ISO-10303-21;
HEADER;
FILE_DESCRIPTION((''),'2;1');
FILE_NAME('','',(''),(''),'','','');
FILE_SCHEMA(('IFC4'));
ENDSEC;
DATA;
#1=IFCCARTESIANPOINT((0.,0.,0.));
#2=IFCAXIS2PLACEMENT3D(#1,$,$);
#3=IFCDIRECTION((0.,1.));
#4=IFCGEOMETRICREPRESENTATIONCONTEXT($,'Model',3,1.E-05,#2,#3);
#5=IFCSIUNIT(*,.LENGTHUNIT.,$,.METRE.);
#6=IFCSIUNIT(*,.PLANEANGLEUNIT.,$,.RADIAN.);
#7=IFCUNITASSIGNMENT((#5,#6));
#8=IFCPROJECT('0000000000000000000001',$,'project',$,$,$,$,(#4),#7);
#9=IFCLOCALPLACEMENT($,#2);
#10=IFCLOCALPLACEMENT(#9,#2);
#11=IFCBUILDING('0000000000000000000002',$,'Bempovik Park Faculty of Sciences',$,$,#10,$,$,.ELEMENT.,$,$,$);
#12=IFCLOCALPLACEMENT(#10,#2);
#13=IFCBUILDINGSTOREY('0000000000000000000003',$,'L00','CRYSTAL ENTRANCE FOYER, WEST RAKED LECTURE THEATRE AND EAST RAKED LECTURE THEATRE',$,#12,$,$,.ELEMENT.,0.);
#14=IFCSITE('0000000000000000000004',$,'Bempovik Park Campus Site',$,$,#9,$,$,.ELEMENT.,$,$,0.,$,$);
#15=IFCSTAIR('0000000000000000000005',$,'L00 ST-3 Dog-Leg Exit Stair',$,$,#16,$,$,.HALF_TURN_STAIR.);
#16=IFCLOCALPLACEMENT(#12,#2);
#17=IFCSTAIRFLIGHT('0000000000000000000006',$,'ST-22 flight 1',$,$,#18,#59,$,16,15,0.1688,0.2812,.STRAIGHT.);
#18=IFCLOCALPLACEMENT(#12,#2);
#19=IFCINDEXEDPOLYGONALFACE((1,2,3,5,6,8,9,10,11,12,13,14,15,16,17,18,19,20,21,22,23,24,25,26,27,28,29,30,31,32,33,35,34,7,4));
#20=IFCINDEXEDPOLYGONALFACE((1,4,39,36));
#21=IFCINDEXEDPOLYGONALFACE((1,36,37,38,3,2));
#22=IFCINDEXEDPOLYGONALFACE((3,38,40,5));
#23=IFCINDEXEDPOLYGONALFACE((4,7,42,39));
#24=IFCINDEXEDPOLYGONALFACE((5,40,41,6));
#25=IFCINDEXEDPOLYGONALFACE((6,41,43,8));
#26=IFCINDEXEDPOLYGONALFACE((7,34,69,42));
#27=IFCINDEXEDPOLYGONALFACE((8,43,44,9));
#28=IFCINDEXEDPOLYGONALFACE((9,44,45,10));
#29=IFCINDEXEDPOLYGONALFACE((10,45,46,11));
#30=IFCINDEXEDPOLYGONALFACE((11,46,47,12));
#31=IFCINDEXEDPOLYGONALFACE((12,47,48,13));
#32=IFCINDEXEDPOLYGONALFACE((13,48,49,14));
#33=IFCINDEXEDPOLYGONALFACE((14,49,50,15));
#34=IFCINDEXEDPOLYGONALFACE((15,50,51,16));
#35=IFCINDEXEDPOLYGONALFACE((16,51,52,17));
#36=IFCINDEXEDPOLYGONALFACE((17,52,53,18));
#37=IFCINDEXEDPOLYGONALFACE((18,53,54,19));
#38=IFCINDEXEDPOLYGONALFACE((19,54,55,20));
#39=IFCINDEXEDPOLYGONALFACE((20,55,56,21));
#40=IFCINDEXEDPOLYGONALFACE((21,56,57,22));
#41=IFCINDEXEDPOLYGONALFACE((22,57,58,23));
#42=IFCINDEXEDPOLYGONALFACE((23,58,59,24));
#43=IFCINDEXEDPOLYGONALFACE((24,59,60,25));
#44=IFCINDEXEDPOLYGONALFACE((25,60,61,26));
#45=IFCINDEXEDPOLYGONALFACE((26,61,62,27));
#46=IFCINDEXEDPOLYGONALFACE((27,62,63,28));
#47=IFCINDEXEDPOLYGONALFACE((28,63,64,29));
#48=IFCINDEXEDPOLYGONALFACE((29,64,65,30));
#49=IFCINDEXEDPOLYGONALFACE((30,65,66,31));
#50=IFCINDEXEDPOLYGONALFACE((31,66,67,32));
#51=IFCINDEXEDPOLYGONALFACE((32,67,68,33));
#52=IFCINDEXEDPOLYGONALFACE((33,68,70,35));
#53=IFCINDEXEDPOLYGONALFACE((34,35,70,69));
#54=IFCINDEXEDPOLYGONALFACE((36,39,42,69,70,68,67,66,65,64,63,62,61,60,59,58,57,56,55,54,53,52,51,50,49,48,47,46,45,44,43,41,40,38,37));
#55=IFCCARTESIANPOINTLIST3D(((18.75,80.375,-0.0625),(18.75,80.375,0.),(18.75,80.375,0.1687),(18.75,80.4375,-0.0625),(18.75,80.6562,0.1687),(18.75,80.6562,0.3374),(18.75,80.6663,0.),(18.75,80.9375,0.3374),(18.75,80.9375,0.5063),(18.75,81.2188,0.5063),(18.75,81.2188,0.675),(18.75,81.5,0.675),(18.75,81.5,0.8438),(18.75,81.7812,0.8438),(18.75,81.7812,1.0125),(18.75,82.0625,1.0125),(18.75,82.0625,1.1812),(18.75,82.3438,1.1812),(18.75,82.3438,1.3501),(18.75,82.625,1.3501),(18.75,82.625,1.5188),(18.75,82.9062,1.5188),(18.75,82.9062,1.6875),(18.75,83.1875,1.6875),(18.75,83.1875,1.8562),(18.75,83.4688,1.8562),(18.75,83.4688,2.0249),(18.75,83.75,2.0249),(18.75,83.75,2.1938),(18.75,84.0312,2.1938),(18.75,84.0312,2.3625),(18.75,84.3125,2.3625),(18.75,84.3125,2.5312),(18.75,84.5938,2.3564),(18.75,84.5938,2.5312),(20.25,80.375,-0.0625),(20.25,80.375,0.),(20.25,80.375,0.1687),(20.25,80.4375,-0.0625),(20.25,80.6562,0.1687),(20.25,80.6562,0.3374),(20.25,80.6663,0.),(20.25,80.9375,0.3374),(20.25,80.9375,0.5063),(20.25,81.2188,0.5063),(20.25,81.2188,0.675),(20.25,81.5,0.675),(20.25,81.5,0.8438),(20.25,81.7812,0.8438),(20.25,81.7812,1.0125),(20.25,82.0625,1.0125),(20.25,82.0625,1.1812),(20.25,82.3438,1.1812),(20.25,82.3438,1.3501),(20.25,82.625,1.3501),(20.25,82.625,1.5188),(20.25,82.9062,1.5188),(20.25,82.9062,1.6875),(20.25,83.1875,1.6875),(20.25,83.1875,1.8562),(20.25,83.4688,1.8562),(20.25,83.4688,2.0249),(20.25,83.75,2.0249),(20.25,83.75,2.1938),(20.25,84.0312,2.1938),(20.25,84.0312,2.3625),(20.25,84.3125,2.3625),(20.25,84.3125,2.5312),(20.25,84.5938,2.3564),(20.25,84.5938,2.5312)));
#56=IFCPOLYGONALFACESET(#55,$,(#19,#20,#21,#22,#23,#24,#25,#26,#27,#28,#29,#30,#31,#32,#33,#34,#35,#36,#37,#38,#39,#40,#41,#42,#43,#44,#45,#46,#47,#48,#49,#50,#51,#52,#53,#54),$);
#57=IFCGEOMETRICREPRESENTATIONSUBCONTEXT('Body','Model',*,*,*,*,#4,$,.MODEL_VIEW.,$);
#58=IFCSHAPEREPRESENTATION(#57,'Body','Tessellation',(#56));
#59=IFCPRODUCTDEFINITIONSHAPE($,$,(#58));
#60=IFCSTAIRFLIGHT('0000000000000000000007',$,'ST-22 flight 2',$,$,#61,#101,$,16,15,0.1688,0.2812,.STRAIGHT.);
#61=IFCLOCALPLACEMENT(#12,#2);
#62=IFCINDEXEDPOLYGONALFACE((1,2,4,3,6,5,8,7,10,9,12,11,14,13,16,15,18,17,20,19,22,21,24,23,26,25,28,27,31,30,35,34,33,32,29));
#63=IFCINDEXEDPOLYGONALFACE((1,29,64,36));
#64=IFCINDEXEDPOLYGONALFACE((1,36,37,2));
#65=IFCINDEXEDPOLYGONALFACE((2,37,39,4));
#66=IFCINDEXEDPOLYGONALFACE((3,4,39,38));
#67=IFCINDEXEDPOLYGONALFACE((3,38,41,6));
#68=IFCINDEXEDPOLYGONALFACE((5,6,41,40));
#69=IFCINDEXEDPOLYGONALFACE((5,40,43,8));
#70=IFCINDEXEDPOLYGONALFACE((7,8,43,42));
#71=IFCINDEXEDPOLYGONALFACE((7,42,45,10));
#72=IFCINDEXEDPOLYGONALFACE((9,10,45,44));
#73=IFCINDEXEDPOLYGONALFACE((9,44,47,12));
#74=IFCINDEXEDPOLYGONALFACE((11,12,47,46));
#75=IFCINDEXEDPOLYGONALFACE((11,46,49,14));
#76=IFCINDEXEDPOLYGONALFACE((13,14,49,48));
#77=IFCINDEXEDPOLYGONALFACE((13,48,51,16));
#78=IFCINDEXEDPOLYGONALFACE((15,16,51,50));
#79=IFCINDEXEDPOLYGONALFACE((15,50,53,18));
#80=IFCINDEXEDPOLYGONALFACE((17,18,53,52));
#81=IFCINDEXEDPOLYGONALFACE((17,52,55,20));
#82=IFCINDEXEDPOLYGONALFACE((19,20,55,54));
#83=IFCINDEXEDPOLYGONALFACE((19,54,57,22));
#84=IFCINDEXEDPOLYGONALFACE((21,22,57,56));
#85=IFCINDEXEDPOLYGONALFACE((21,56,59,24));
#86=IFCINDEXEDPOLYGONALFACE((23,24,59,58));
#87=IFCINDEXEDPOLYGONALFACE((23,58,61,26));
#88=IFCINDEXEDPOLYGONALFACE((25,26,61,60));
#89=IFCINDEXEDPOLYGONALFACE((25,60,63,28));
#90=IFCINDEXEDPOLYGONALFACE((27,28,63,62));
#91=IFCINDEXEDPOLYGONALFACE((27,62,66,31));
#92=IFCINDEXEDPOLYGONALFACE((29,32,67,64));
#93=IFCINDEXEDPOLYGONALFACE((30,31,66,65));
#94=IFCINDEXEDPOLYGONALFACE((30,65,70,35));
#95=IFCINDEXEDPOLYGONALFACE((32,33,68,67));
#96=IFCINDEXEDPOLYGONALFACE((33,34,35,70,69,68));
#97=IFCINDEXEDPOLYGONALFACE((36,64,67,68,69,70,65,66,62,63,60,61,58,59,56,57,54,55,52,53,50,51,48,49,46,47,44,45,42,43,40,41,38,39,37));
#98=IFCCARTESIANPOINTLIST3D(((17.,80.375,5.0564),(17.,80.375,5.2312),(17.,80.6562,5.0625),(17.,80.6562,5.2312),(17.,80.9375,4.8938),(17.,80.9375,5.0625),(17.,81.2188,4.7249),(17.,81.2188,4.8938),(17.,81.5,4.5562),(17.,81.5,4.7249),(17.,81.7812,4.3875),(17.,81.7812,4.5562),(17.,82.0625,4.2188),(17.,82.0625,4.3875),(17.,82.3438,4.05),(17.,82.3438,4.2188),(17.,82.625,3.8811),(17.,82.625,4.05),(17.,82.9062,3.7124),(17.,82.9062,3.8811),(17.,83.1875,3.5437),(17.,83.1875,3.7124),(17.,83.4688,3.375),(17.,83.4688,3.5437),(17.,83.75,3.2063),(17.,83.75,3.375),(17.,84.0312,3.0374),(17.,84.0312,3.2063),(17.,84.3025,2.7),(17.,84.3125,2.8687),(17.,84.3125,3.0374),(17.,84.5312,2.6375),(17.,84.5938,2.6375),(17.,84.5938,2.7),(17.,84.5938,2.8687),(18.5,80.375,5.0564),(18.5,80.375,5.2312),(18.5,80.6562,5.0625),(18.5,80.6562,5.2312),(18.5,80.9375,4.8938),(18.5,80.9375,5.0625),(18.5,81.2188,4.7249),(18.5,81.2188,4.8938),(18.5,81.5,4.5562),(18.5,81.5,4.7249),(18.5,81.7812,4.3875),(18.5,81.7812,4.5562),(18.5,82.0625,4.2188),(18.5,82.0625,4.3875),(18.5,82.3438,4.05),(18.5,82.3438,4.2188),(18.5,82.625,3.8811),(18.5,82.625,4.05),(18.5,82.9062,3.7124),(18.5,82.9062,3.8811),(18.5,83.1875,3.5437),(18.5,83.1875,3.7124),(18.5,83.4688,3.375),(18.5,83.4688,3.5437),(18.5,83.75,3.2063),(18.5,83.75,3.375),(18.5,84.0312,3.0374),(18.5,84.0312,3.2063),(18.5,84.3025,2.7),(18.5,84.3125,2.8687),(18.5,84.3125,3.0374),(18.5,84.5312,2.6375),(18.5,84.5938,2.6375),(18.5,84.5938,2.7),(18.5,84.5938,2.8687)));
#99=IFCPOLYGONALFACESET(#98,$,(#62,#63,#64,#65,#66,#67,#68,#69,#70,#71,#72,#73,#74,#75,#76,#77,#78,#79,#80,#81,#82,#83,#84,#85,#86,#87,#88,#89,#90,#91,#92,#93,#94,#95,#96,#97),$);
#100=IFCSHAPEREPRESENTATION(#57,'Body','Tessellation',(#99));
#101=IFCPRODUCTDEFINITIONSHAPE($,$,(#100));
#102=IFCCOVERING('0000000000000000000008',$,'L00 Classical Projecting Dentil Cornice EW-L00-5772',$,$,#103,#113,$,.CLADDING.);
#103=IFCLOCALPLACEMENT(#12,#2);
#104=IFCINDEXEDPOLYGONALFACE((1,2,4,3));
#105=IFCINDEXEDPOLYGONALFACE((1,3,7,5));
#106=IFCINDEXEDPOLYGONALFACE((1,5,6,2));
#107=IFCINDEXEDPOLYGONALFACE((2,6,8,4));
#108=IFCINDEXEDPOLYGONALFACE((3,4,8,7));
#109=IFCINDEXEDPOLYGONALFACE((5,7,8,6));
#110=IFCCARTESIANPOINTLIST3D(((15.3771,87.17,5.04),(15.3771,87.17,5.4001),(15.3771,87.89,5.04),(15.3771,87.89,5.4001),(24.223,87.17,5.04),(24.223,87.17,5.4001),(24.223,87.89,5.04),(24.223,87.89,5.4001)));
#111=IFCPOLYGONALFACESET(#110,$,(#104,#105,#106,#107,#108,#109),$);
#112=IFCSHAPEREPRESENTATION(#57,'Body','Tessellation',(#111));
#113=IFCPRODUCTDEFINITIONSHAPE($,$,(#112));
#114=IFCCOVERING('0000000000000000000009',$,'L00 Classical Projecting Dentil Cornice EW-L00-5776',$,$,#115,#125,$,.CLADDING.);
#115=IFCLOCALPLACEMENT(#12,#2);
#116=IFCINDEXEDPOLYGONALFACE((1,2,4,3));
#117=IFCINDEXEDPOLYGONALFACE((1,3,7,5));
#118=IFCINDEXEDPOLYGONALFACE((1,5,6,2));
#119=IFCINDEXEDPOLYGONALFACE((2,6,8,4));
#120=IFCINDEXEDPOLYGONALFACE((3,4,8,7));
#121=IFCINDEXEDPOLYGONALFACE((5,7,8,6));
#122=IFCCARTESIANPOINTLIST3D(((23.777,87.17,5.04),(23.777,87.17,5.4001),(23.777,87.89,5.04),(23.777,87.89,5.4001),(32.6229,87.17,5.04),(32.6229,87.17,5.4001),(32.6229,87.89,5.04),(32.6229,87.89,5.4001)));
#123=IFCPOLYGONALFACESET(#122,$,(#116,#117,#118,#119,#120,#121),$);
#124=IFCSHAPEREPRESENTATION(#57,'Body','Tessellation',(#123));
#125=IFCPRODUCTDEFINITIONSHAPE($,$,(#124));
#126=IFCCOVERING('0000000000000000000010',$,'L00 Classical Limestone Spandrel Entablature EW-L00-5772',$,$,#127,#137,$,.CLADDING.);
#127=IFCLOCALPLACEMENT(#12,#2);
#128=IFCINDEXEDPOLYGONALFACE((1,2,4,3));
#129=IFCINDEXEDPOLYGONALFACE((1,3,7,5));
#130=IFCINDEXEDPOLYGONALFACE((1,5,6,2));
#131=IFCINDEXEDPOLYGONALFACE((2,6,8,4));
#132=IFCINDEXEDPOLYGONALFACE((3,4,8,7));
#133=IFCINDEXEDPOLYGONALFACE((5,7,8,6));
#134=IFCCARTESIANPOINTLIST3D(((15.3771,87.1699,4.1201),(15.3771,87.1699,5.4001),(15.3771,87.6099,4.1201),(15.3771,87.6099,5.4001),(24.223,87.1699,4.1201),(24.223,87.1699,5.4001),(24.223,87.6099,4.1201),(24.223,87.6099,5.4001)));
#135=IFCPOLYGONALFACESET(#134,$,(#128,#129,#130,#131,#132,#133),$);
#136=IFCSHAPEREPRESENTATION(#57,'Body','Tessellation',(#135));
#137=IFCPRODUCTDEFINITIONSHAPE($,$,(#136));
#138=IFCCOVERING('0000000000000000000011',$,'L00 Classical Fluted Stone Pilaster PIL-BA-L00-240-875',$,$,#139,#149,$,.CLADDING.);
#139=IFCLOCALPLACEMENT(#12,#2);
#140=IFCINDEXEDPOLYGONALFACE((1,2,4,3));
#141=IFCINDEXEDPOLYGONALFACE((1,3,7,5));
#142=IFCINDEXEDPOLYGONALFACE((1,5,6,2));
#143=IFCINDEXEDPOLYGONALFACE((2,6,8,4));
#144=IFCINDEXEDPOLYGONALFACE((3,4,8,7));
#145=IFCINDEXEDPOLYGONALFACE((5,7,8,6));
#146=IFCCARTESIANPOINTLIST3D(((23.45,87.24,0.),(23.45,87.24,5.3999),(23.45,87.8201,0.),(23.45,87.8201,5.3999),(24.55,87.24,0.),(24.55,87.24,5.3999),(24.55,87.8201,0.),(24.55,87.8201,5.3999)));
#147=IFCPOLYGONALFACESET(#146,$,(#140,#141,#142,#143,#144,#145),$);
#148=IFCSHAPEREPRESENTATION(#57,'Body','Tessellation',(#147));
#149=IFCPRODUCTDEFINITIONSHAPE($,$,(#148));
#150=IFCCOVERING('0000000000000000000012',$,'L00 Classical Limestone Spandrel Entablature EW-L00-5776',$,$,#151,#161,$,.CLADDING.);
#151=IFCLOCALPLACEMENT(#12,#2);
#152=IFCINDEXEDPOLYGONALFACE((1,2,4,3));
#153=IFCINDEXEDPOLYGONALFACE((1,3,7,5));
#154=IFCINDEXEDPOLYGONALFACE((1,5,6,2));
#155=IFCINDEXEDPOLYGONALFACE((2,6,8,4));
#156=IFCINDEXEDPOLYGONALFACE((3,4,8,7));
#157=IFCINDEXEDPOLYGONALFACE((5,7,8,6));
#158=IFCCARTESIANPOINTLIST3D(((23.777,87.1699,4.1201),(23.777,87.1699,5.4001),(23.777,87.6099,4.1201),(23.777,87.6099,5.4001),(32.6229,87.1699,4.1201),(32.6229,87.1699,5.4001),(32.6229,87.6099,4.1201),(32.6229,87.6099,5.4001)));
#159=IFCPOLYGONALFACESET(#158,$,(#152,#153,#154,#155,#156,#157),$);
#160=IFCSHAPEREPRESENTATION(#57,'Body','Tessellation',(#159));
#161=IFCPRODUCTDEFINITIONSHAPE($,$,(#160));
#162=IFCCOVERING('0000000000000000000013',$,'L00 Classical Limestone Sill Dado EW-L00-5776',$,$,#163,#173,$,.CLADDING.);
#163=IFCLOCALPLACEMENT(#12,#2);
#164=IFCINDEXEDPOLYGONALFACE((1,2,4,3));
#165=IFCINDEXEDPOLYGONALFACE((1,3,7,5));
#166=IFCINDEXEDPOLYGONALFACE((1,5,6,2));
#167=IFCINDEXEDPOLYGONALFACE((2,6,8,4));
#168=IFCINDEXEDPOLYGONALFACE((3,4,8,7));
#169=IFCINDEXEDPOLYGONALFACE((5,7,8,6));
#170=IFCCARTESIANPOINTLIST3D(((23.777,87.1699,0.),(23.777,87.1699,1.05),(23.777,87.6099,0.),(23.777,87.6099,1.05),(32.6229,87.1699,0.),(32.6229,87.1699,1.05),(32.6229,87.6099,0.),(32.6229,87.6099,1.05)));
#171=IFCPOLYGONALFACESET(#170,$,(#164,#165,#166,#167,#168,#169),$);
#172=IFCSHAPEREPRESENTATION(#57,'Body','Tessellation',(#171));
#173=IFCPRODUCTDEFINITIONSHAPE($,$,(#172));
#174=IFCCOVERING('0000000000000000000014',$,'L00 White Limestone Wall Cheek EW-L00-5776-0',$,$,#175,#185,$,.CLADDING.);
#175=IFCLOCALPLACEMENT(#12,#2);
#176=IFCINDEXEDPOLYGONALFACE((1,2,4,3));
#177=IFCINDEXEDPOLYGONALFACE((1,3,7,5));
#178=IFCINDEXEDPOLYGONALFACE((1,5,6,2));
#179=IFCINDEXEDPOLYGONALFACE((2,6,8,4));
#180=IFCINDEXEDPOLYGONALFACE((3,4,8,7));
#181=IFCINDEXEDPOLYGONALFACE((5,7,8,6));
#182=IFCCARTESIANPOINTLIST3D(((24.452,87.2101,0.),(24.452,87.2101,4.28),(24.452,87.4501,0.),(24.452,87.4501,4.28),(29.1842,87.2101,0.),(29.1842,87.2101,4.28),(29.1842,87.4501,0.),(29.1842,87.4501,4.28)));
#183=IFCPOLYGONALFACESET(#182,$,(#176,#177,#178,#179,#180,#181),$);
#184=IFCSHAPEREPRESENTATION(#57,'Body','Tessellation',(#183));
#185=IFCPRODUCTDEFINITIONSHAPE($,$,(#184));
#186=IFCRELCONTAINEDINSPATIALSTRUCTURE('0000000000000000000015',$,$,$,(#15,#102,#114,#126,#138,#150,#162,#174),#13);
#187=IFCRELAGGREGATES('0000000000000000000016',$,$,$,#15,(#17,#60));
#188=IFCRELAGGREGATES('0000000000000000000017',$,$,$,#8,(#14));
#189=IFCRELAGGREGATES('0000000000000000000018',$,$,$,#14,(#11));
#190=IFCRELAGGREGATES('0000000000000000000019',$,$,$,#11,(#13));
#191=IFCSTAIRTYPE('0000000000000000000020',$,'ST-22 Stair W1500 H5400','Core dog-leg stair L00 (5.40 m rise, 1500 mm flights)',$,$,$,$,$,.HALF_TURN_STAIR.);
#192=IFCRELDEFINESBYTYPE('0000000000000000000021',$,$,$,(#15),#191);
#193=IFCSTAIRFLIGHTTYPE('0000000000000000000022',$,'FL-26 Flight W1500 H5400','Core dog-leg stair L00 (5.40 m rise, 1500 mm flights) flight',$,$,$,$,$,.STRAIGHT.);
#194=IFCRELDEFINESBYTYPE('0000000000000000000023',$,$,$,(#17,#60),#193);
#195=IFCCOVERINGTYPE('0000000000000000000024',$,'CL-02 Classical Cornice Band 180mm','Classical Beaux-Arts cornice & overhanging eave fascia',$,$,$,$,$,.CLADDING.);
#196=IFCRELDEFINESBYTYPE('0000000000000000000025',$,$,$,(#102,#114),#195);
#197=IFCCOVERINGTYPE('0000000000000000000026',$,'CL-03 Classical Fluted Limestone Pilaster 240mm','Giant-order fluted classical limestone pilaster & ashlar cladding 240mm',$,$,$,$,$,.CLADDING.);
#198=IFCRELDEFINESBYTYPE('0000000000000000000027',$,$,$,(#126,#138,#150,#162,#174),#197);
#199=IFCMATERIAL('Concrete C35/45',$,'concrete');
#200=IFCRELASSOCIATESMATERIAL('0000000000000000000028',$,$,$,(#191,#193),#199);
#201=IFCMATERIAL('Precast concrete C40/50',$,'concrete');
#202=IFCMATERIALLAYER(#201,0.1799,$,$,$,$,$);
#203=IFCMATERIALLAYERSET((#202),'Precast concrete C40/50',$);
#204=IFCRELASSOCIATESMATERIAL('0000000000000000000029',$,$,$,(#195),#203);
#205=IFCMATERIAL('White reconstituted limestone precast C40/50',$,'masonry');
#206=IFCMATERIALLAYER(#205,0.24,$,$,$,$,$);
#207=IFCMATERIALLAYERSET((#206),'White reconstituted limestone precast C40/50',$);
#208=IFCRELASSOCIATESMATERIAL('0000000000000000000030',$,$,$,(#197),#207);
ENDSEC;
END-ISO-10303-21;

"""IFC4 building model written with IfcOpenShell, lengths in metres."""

from ifc_helpers import new_model, si_unit, direction, frame, origin, origin_2d, place, context, subcontext, project, spatial, polyline, rectangle, outline, extrude, material, layer, layer_set, type_object, element, aggregate, save


model = new_model("IFC4")

# Units and contexts
model_context = context("Model", 3, precision=1e-05, world=origin(), true_north=direction((0.0, 1.0)))
body_context = subcontext(model_context, "Body", "Model", "MODEL_VIEW")
ifc_project = project(units=[si_unit("LENGTHUNIT", "METRE"), si_unit("PLANEANGLEUNIT", "RADIAN")], contexts=[model_context])

# Site, building, storey
site_placement = place(None, origin())
site = spatial("IfcSite", under=ifc_project, at=site_placement, Name="Bempovik Park Campus Site", CompositionType="ELEMENT", RefElevation=0.0)
building_placement = place(site_placement, origin())
building = spatial("IfcBuilding", under=site, at=building_placement, Name="Bempovik Park Faculty of Sciences", CompositionType="ELEMENT")
storey_placement = place(building_placement, origin())
storey = spatial("IfcBuildingStorey", under=building, at=storey_placement, Name="L00", Description="CRYSTAL ENTRANCE FOYER, WEST RAKED LECTURE THEATRE AND EAST RAKED LECTURE THEATRE", CompositionType="ELEMENT", Elevation=0.0)

# Shared definitions
ifc_material_1 = material(Name="Concrete C35/45", Category="concrete")

# Shared definitions
ifc_material_2 = material(Name="Precast concrete C40/50", Category="concrete")

# Stair, stair flights
stair_type = type_object("IfcStairType", Name="ST-22 Stair W1500 H5400", Description="Core dog-leg stair L00 (5.40 m rise, 1500 mm flights)", PredefinedType="HALF_TURN_STAIR", material=ifc_material_1)
stair_placement = place(storey_placement, origin())
stair = element("IfcStair", 1, at=stair_placement, inside=storey, type_object=stair_type, Name="L00 ST-3 Dog-Leg Exit Stair", PredefinedType="HALF_TURN_STAIR")
stair_flight_type = type_object("IfcStairFlightType", Name="FL-26 Flight W1500 H5400", Description="Core dog-leg stair L00 (5.40 m rise, 1500 mm flights) flight", PredefinedType="STRAIGHT", material=ifc_material_1)
stair_flight_1_placement = place(storey_placement, frame((19.5, 80.375, 0.0), z_axis=(0.0, 0.0, 1.0), x_axis=(0.0, 1.0, 0.0)))
stair_flight_1 = element("IfcStairFlight", 2, at=stair_flight_1_placement, type_object=stair_flight_type, Name="ST-22 flight 1", NumberOfRisers=16, NumberOfTreads=15, PredefinedType="STRAIGHT", RiserHeight=0.1688, TreadLength=0.2812, context=body_context, shape_type="SweptSolid", body=[
    extrude(outline(polyline([(0.0, 0.0), (0.0, 0.1687), (0.2812, 0.1687), (0.2812, 0.3374), (0.5625, 0.3374), (0.5625, 0.5063), (0.8438, 0.5063), (0.8438, 0.675), (1.125, 0.675), (1.125, 0.8438), (1.4062, 0.8438), (1.4062, 1.0125), (1.6875, 1.0125), (1.6875, 1.1812), (1.9688, 1.1812), (1.9688, 1.3501), (2.25, 1.3501), (2.25, 1.5188), (2.5312, 1.5188), (2.5312, 1.6875), (2.8125, 1.6875), (2.8125, 1.8562), (3.0938, 1.8562), (3.0938, 2.0249), (3.375, 2.0249), (3.375, 2.1938), (3.6562, 2.1938), (3.6562, 2.3625), (3.9375, 2.3625), (3.9375, 2.5312), (4.2188, 2.5312), (4.2188, 2.7), (4.2188, 2.3564), (0.2913, 0.0), (0.0625, -0.0625), (0.0, -0.0625), (0.0, 0.0)])), frame((0.0, 0.75, 0.0), z_axis=(0.0, -1.0, 0.0), x_axis=(1.0, 0.0, 0.0)), (0.0, 0.0, 1.0), 1.5),
])
stair_flight_2_placement = place(storey_placement, frame((17.75, 84.5938, 2.7), z_axis=(0.0, 0.0, 1.0), x_axis=(0.0, -1.0, 0.0)))
stair_flight_2 = element("IfcStairFlight", 3, at=stair_flight_2_placement, type_object=stair_flight_type, Name="ST-22 flight 2", NumberOfRisers=16, NumberOfTreads=15, PredefinedType="STRAIGHT", RiserHeight=0.1688, TreadLength=0.2812, context=body_context, shape_type="SweptSolid", body=[
    extrude(outline(polyline([(0.0, 0.0), (0.0, 0.1687), (0.2812, 0.1687), (0.2812, 0.3374), (0.5625, 0.3374), (0.5625, 0.5063), (0.8438, 0.5063), (0.8438, 0.675), (1.125, 0.675), (1.125, 0.8438), (1.4062, 0.8438), (1.4062, 1.0125), (1.6875, 1.0125), (1.6875, 1.1812), (1.9688, 1.1812), (1.9688, 1.3501), (2.25, 1.3501), (2.25, 1.5188), (2.5312, 1.5188), (2.5312, 1.6875), (2.8125, 1.6875), (2.8125, 1.8562), (3.0938, 1.8562), (3.0938, 2.0249), (3.375, 2.0249), (3.375, 2.1938), (3.6562, 2.1938), (3.6562, 2.3625), (3.9375, 2.3625), (3.9375, 2.5312), (4.2188, 2.5312), (4.2188, 2.7), (4.2188, 2.3564), (0.2913, 0.0), (0.0625, -0.0625), (0.0, -0.0625), (0.0, 0.0)])), frame((0.0, 0.75, 0.0), z_axis=(0.0, -1.0, 0.0), x_axis=(1.0, 0.0, 0.0)), (0.0, 0.0, 1.0), 1.5),
])
aggregate(stair, [stair_flight_1, stair_flight_2])

# Coverings
ifc_layer_1 = layer(ifc_material_2, 0.1799)
ifc_layer_set_1 = layer_set([ifc_layer_1], Name="Precast concrete C40/50")
covering_type_1 = type_object("IfcCoveringType", Name="CL-02 Classical Cornice Band 180mm", Description="Classical Beaux-Arts cornice & overhanging eave fascia", PredefinedType="CLADDING", material=ifc_layer_set_1)
for number, where, z_axis, x_axis, name in (
    (4, (19.8, 87.53, 5.04), (0.0, 0.0, 1.0), (1.0, 0.0, 0.0), "L00 Classical Projecting Dentil Cornice EW-L00-5772"),
    (5, (28.2, 87.53, 5.04), (0.0, 0.0, 1.0), (1.0, 0.0, 0.0), "L00 Classical Projecting Dentil Cornice EW-L00-5776"),
):
    element("IfcCovering", number, at=place(storey_placement, frame(where, z_axis=z_axis, x_axis=x_axis)), inside=storey, type_object=covering_type_1, Name=name, PredefinedType="CLADDING", context=body_context, shape_type="SweptSolid", body=[
        extrude(rectangle(XDim=8.8459, YDim=0.72, at=origin_2d()), origin(), (0.0, 0.0, 1.0), 0.3601),
    ])
ifc_material_3 = material(Name="White reconstituted limestone precast C40/50", Category="masonry")
ifc_layer_2 = layer(ifc_material_3, 0.24)
ifc_layer_set_2 = layer_set([ifc_layer_2], Name="White reconstituted limestone precast C40/50")
covering_type_2 = type_object("IfcCoveringType", Name="CL-03 Classical Fluted Limestone Pilaster 240mm", Description="Giant-order fluted classical limestone pilaster & ashlar cladding 240mm", PredefinedType="CLADDING", material=ifc_layer_set_2)
covering_1_placement = place(storey_placement, frame((19.8, 87.3899, 4.1201), z_axis=(0.0, 0.0, 1.0), x_axis=(1.0, 0.0, 0.0)))
element("IfcCovering", 6, at=covering_1_placement, inside=storey, type_object=covering_type_2, Name="L00 Classical Limestone Spandrel Entablature EW-L00-5772", PredefinedType="CLADDING", context=body_context, shape_type="SweptSolid", body=[
    extrude(rectangle(XDim=8.8459, YDim=0.4399, at=origin_2d()), origin(), (0.0, 0.0, 1.0), 1.28),
])
covering_2_placement = place(storey_placement, frame((24.0, 87.53, 0.0), z_axis=(0.0, 0.0, 1.0), x_axis=(1.0, 0.0, 0.0)))
element("IfcCovering", 7, at=covering_2_placement, inside=storey, type_object=covering_type_2, Name="L00 Classical Fluted Stone Pilaster PIL-BA-L00-240-875", PredefinedType="CLADDING", context=body_context, shape_type="SweptSolid", body=[
    extrude(rectangle(XDim=1.1001, YDim=0.5801, at=origin_2d()), origin(), (0.0, 0.0, 1.0), 5.3999),
])
covering_3_placement = place(storey_placement, frame((28.2, 87.3899, 4.1201), z_axis=(0.0, 0.0, 1.0), x_axis=(1.0, 0.0, 0.0)))
element("IfcCovering", 8, at=covering_3_placement, inside=storey, type_object=covering_type_2, Name="L00 Classical Limestone Spandrel Entablature EW-L00-5776", PredefinedType="CLADDING", context=body_context, shape_type="SweptSolid", body=[
    extrude(rectangle(XDim=8.8459, YDim=0.4399, at=origin_2d()), origin(), (0.0, 0.0, 1.0), 1.28),
])
covering_4_placement = place(storey_placement, frame((28.2, 87.3899, 0.0), z_axis=(0.0, 0.0, 1.0), x_axis=(1.0, 0.0, 0.0)))
element("IfcCovering", 9, at=covering_4_placement, inside=storey, type_object=covering_type_2, Name="L00 Classical Limestone Sill Dado EW-L00-5776", PredefinedType="CLADDING", context=body_context, shape_type="SweptSolid", body=[
    extrude(rectangle(XDim=8.8459, YDim=0.4399, at=origin_2d()), origin(), (0.0, 0.0, 1.0), 1.05),
])
covering_5_placement = place(storey_placement, frame((26.8181, 87.3301, 0.0), z_axis=(0.0, 0.0, 1.0), x_axis=(1.0, 0.0, 0.0)))
element("IfcCovering", 10, at=covering_5_placement, inside=storey, type_object=covering_type_2, Name="L00 White Limestone Wall Cheek EW-L00-5776-0", PredefinedType="CLADDING", context=body_context, shape_type="SweptSolid", body=[
    extrude(rectangle(XDim=4.7322, YDim=0.24, at=origin_2d()), origin(), (0.0, 0.0, 1.0), 4.28),
])

save(model, "model.ifc")
